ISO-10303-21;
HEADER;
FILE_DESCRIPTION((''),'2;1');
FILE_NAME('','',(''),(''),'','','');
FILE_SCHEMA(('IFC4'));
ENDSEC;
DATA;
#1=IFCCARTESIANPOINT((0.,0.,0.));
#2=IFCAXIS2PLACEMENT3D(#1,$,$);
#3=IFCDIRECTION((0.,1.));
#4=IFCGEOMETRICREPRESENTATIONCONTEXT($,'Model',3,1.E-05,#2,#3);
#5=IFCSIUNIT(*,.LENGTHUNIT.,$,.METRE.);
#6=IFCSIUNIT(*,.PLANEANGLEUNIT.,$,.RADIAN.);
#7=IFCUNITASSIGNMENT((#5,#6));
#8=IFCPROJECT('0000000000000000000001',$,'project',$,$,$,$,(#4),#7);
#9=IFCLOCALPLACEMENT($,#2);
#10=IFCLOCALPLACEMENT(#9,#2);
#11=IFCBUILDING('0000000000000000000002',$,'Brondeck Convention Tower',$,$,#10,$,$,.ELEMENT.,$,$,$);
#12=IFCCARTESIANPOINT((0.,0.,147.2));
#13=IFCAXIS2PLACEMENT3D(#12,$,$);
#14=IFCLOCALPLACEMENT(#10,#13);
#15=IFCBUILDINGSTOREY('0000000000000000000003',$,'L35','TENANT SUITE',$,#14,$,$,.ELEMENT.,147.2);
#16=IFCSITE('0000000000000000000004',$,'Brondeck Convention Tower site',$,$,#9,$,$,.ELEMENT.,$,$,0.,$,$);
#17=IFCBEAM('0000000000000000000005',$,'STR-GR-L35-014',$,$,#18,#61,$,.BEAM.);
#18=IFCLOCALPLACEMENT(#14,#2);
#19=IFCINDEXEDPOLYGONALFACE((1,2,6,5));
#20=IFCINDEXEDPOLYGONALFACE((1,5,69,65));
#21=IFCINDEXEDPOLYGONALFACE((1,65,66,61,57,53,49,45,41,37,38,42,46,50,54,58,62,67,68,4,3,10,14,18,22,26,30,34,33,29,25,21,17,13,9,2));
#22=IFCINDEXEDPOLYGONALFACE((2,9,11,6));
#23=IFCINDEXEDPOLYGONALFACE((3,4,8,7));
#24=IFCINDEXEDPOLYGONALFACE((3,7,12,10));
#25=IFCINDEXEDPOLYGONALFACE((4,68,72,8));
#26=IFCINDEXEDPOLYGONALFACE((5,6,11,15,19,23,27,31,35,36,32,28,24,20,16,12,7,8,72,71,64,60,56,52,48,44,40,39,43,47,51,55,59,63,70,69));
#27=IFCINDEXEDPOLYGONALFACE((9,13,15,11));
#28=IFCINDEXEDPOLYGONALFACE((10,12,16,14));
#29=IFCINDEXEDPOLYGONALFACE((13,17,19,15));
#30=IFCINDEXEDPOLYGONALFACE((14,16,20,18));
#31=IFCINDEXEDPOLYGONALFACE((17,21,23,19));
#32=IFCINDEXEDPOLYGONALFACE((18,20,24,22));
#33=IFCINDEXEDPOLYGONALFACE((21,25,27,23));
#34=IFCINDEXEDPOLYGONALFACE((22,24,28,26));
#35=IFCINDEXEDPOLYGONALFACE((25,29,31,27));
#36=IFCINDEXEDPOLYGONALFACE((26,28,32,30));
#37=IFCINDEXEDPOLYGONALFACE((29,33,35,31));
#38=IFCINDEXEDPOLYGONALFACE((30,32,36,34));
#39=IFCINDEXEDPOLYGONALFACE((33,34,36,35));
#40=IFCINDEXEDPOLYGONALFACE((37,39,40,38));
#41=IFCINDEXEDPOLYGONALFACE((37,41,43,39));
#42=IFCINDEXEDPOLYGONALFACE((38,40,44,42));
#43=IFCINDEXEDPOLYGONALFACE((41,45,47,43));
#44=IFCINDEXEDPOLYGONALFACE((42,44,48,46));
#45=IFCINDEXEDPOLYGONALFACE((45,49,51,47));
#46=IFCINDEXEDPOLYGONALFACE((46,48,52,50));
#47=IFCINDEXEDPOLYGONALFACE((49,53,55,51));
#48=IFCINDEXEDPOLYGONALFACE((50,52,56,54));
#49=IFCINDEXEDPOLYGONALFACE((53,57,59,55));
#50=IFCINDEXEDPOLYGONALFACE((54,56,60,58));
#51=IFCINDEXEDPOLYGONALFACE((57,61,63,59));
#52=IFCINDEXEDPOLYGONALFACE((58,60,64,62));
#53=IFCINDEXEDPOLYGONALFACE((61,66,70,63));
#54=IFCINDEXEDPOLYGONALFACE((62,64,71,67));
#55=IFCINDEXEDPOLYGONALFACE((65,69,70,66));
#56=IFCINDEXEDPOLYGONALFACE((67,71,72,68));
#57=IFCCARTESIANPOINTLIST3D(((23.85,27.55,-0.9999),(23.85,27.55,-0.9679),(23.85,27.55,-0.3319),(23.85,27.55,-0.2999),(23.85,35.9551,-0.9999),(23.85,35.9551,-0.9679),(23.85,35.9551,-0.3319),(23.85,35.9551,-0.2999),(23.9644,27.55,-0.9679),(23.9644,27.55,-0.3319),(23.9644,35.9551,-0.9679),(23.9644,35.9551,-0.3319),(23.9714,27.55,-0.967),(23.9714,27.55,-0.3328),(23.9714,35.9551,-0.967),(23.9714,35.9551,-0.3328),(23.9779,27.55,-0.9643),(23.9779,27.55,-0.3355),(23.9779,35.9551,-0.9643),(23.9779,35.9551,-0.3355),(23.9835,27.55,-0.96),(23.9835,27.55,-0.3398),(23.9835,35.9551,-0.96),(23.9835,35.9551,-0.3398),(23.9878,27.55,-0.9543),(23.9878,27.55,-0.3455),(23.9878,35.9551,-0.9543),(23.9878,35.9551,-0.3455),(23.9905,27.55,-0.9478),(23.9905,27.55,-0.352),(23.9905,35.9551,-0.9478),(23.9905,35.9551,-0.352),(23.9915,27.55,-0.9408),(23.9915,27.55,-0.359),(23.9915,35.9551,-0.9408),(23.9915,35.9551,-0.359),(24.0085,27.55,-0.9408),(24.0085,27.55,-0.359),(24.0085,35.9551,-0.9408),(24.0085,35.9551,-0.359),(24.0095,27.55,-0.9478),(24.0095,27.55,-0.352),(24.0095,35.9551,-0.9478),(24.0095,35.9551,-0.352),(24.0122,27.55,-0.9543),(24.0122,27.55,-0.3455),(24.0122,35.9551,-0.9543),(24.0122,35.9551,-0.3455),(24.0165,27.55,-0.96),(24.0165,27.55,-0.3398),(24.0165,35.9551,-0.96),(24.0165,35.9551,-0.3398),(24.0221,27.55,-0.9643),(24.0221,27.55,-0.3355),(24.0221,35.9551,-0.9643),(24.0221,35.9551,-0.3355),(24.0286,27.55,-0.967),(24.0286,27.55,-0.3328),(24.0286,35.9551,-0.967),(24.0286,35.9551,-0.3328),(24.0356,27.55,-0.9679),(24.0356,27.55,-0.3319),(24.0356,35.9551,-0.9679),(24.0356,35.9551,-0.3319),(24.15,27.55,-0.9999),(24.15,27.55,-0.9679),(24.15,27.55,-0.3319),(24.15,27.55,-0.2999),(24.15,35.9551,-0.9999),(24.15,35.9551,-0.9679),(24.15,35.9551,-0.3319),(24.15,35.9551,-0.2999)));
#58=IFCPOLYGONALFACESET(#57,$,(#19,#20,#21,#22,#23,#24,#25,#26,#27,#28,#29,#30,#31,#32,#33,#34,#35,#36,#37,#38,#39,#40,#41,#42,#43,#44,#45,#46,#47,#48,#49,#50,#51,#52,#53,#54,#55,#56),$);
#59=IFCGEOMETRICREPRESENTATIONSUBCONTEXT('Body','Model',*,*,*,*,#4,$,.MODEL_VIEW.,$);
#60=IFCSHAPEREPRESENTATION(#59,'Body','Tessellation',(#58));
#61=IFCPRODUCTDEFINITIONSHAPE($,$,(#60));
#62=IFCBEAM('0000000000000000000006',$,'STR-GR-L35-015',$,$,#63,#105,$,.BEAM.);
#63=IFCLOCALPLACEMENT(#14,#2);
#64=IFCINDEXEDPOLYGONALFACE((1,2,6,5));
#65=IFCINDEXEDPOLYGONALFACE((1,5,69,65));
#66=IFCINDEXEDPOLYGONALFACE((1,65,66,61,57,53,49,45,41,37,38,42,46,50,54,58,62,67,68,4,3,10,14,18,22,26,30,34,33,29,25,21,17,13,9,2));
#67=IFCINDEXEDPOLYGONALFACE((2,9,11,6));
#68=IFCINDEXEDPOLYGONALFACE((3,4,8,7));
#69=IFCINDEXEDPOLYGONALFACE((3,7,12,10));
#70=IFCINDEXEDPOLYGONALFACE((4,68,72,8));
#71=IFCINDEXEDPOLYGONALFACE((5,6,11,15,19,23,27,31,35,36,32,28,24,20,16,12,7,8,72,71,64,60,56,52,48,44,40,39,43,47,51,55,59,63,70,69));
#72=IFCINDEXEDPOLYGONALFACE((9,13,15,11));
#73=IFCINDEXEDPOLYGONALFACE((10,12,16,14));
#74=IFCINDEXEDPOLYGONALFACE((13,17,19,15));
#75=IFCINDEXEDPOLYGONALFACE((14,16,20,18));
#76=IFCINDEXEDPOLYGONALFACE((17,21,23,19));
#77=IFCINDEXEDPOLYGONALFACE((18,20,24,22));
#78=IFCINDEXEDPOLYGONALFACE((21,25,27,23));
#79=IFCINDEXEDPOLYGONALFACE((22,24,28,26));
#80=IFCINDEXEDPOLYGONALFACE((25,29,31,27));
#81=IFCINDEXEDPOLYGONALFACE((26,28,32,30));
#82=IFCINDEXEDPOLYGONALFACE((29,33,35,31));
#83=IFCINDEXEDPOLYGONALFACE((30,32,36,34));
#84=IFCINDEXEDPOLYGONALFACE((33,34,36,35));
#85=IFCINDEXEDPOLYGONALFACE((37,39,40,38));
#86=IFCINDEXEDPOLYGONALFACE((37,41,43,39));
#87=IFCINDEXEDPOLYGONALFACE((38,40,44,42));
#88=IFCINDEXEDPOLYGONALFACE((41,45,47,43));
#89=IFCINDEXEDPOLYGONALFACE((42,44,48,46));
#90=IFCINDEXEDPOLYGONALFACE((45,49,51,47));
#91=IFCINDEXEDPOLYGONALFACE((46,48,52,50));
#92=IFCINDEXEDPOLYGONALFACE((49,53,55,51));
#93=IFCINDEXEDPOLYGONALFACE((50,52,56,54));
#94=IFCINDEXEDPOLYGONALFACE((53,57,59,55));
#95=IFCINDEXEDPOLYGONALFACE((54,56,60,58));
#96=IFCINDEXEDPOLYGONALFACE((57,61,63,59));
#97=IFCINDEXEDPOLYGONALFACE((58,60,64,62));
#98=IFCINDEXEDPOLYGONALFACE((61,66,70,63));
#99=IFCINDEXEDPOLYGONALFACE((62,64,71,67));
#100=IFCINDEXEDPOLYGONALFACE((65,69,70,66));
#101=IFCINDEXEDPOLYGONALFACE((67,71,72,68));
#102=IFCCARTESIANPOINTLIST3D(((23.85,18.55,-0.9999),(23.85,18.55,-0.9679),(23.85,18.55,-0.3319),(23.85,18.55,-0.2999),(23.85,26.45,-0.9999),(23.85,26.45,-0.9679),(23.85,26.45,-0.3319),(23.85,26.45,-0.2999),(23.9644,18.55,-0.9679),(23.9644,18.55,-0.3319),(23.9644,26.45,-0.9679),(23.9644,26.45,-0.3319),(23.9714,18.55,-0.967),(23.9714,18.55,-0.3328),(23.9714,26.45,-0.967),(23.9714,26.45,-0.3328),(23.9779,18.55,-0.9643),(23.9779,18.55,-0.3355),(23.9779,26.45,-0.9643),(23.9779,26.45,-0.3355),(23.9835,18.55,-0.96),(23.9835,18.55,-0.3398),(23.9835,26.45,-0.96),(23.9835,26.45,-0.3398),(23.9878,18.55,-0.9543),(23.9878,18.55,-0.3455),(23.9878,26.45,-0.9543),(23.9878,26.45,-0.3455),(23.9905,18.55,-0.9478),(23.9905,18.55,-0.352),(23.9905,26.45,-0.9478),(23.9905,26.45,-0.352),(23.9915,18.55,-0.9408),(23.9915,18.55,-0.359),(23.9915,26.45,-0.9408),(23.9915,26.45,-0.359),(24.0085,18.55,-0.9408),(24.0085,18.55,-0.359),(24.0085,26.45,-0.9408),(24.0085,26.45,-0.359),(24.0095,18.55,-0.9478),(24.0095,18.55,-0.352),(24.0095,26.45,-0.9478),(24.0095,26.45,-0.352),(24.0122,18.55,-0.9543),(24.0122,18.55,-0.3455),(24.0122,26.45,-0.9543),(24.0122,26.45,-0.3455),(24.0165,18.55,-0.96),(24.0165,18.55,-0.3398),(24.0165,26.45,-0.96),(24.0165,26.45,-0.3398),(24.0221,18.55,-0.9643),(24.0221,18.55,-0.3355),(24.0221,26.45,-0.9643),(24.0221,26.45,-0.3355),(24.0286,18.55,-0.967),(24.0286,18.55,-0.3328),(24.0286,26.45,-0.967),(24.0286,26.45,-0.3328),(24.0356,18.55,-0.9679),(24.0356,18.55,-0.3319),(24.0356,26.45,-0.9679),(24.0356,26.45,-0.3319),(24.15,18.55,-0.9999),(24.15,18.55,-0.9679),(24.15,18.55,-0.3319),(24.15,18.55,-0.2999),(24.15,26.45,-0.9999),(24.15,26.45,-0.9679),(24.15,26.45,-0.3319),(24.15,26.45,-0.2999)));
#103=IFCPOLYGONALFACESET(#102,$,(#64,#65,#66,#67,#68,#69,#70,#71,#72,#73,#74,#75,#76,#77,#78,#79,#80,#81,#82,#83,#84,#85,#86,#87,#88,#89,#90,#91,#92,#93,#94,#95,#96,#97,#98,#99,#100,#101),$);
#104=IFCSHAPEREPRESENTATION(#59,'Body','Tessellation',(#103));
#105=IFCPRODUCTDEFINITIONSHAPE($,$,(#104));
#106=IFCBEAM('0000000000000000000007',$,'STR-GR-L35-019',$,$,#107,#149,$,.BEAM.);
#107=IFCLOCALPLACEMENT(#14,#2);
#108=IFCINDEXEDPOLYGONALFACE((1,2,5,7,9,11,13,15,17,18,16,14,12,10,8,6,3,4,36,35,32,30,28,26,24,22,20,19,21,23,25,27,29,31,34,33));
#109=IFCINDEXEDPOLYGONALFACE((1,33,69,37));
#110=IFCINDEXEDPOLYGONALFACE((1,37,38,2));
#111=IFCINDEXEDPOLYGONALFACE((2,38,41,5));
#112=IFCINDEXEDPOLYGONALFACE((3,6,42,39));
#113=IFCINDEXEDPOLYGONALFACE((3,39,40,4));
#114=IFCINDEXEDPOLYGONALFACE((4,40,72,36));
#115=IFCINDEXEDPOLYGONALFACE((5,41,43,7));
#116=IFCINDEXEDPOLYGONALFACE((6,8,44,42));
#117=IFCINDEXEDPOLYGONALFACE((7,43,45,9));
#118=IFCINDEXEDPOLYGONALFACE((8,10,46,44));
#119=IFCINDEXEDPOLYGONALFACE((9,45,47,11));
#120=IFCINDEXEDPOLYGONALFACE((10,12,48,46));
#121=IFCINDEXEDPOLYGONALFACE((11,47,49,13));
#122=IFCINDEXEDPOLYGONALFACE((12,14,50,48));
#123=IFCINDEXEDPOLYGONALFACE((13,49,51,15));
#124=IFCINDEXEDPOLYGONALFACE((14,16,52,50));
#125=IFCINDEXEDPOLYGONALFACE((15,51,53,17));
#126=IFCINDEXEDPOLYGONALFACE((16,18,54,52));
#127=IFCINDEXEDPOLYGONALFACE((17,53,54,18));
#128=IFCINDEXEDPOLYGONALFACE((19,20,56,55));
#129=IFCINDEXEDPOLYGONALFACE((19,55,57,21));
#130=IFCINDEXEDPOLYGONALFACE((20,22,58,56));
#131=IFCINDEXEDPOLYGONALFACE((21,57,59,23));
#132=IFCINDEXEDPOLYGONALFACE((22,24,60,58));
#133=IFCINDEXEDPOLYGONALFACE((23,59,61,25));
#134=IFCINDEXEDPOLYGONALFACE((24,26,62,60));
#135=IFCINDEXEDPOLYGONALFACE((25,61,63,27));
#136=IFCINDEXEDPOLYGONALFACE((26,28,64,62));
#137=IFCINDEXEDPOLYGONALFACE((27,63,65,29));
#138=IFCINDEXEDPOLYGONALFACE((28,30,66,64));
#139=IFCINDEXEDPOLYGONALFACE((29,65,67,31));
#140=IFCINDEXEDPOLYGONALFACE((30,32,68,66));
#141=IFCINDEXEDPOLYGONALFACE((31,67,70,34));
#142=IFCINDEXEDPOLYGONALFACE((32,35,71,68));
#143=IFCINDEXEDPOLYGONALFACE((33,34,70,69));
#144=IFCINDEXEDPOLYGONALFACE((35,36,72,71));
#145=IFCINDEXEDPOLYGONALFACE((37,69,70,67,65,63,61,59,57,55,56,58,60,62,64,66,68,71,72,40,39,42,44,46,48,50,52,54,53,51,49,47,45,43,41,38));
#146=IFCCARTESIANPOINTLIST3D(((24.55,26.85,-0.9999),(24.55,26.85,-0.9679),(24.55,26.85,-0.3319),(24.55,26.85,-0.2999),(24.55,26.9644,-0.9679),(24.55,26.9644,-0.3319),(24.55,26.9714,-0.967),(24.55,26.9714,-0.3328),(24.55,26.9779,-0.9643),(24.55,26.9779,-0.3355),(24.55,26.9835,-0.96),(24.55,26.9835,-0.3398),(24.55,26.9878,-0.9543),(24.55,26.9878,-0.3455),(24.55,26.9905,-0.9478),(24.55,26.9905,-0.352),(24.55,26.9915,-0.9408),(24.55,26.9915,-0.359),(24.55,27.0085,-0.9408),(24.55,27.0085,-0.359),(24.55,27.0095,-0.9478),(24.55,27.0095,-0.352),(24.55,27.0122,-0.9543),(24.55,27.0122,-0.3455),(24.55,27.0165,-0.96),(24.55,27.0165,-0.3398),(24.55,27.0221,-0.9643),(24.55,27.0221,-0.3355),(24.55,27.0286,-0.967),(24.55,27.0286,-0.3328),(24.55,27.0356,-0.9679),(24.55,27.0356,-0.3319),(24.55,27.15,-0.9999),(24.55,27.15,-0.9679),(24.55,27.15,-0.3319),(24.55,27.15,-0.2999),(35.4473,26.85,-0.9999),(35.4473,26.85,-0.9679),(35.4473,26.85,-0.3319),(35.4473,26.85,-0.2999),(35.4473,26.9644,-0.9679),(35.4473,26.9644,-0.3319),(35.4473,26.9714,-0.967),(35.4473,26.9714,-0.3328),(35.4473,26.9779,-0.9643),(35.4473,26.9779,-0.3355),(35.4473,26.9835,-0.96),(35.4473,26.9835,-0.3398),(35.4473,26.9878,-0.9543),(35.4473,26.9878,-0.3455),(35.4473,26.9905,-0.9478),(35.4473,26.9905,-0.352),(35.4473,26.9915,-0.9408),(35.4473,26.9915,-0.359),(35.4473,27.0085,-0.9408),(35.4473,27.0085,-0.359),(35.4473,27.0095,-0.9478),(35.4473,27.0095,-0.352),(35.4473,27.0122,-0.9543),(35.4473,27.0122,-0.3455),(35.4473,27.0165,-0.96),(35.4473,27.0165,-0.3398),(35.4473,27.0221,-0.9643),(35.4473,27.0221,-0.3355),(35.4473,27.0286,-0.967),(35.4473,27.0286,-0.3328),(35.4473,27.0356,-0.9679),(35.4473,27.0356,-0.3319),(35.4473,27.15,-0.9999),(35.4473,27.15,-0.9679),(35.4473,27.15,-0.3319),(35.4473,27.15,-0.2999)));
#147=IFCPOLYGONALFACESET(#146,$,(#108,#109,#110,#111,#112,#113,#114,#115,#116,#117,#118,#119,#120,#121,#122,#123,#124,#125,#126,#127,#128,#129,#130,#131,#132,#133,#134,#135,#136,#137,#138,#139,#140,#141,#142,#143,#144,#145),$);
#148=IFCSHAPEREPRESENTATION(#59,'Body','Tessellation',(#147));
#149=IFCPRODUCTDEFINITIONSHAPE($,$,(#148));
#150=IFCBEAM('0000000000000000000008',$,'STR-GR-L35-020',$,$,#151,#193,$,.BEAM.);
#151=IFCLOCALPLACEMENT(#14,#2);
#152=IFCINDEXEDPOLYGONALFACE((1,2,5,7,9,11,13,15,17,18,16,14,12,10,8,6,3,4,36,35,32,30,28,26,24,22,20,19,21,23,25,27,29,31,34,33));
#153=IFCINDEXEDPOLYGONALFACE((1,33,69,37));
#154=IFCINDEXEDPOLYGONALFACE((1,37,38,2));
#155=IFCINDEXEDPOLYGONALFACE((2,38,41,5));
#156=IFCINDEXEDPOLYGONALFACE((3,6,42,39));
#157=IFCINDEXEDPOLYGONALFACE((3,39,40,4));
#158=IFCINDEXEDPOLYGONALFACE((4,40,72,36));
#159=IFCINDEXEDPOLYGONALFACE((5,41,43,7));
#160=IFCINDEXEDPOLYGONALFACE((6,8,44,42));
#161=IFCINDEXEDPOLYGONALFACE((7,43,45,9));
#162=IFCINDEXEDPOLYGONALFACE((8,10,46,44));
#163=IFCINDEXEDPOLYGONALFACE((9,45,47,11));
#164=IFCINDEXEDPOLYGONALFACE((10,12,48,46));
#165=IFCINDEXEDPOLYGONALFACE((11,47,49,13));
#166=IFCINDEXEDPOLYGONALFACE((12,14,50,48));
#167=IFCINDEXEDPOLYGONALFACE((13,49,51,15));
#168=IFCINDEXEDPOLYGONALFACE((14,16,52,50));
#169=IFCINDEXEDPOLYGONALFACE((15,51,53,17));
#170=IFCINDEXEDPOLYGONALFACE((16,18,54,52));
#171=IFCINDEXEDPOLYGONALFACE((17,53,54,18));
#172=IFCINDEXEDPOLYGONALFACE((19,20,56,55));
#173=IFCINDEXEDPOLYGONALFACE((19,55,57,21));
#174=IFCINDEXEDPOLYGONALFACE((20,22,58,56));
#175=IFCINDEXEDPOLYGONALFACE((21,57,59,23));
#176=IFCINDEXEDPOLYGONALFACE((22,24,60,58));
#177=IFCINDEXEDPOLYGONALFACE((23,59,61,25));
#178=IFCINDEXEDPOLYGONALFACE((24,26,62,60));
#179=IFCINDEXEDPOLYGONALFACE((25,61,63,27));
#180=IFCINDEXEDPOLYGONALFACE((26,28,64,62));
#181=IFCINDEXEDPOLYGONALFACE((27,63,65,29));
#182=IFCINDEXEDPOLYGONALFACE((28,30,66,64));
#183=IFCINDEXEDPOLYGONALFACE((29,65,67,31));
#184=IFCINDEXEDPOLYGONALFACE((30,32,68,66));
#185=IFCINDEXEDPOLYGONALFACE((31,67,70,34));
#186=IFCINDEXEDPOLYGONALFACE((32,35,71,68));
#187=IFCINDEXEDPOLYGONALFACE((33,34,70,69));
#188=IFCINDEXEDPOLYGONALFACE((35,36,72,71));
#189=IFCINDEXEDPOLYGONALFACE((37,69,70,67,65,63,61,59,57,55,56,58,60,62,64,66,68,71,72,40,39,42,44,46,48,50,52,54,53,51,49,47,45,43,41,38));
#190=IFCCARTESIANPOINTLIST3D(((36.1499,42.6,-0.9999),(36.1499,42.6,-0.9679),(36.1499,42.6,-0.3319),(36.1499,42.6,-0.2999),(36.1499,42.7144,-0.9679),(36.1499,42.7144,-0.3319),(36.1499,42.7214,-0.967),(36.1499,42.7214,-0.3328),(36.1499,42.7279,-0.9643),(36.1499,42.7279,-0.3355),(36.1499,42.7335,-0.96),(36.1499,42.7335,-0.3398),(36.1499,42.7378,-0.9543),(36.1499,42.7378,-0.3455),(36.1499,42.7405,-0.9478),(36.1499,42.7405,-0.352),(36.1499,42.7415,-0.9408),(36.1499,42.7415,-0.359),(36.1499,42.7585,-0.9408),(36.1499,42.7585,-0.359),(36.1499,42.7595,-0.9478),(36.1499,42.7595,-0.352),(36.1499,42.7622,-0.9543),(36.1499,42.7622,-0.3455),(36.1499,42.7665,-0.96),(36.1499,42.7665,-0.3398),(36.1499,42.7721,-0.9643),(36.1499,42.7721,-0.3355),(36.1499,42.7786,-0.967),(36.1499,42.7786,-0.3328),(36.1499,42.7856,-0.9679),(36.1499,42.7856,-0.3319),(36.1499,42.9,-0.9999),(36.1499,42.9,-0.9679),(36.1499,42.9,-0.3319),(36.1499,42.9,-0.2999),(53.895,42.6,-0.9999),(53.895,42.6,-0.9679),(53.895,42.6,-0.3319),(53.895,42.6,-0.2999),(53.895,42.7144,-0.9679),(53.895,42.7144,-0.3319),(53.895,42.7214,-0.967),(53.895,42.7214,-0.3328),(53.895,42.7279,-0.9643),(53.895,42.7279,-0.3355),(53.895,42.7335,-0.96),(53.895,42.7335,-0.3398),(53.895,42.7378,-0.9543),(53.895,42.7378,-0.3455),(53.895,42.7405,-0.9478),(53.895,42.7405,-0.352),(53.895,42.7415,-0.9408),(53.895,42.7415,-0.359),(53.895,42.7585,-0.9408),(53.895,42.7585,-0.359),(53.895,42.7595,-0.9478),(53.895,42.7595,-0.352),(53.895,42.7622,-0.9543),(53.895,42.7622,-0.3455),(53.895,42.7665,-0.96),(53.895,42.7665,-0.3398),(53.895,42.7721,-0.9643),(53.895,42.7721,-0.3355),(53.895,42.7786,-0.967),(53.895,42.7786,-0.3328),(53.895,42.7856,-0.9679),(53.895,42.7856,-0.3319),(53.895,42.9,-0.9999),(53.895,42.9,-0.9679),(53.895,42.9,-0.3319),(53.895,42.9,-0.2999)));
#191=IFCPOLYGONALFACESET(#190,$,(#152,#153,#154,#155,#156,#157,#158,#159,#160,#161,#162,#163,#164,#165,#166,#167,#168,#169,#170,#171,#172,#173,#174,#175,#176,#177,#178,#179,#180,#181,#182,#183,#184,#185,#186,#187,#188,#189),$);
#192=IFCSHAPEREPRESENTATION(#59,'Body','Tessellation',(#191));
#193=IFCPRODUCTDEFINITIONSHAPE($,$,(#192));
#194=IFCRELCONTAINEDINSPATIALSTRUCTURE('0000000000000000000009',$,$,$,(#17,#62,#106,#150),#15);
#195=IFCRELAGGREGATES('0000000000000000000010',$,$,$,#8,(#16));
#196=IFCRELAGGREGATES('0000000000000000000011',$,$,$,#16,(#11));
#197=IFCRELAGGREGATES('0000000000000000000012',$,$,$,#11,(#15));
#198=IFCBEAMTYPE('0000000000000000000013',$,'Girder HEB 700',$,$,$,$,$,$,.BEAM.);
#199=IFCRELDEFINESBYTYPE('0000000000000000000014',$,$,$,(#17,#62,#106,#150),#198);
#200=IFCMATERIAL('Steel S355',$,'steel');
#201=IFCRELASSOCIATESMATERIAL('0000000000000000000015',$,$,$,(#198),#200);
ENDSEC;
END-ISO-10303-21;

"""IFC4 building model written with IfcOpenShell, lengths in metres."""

from ifc_helpers import new_model, si_unit, direction, frame, origin, origin_2d, place, context, subcontext, project, spatial, i_section, extrude, material, material_profile, profile_set, type_object, element, save


model = new_model("IFC4")

# Units and contexts
model_context = context("Model", 3, precision=1e-05, world=origin(), true_north=direction((0.0, 1.0)))
body_context = subcontext(model_context, "Body", "Model", "MODEL_VIEW")
ifc_project = project(units=[si_unit("LENGTHUNIT", "METRE"), si_unit("PLANEANGLEUNIT", "RADIAN")], contexts=[model_context])

# Site, building, storey
site_placement = place(None, origin())
site = spatial("IfcSite", under=ifc_project, at=site_placement, Name="Brondeck Convention Tower site", CompositionType="ELEMENT", RefElevation=0.0)
building_placement = place(site_placement, origin())
building = spatial("IfcBuilding", under=site, at=building_placement, Name="Brondeck Convention Tower", CompositionType="ELEMENT")
storey_placement = place(building_placement, frame((0.0, 0.0, 147.2)))
storey = spatial("IfcBuildingStorey", under=building, at=storey_placement, Name="L35", Description="TENANT SUITE", CompositionType="ELEMENT", Elevation=147.2)

# Beams
ifc_material_1 = material(Name="Steel S355", Category="steel")
ifc_material_profile_1 = material_profile(ifc_material_1, i_section(OverallWidth=0.3, OverallDepth=0.7, WebThickness=0.0171, FlangeThickness=0.032, FilletRadius=0.0271, at=origin_2d()), Name="HEB 700")
ifc_profile_set_1 = profile_set([ifc_material_profile_1], Name="Steel S355")
beam_type_1 = type_object("IfcBeamType", Name="Girder HEB 700", PredefinedType="BEAM", material=ifc_profile_set_1)
beam_1_placement = place(storey_placement, frame((24.0, 35.9551, -0.6499), z_axis=(0.0, -1.0, 0.0), x_axis=(1.0, 0.0, 0.0)))
element("IfcBeam", 1, at=beam_1_placement, inside=storey, type_object=beam_type_1, Name="STR-GR-L35-014", PredefinedType="BEAM", context=body_context, shape_type="SweptSolid", body=[
    extrude(i_section(OverallWidth=0.3, OverallDepth=0.7, WebThickness=0.0171, FlangeThickness=0.032, FilletRadius=0.0271, at=origin_2d()), origin(), (0.0, 0.0, 1.0), 8.405),
])
beam_2_placement = place(storey_placement, frame((24.0, 26.45, -0.6499), z_axis=(0.0, -1.0, 0.0), x_axis=(1.0, 0.0, 0.0)))
element("IfcBeam", 2, at=beam_2_placement, inside=storey, type_object=beam_type_1, Name="STR-GR-L35-015", PredefinedType="BEAM", context=body_context, shape_type="SweptSolid", body=[
    extrude(i_section(OverallWidth=0.3, OverallDepth=0.7, WebThickness=0.0171, FlangeThickness=0.032, FilletRadius=0.0271, at=origin_2d()), origin(), (0.0, 0.0, 1.0), 7.8999),
])
beam_3_placement = place(storey_placement, frame((24.55, 27.0, -0.6499), z_axis=(1.0, 0.0, 0.0), x_axis=(0.0, 1.0, 0.0)))
element("IfcBeam", 3, at=beam_3_placement, inside=storey, type_object=beam_type_1, Name="STR-GR-L35-019", PredefinedType="BEAM", context=body_context, shape_type="SweptSolid", body=[
    extrude(i_section(OverallWidth=0.3, OverallDepth=0.7, WebThickness=0.0171, FlangeThickness=0.032, FilletRadius=0.0271, at=origin_2d()), origin(), (0.0, 0.0, 1.0), 10.8972),
])
beam_4_placement = place(storey_placement, frame((36.1499, 42.75, -0.6499), z_axis=(1.0, 0.0, 0.0), x_axis=(0.0, 1.0, 0.0)))
element("IfcBeam", 4, at=beam_4_placement, inside=storey, type_object=beam_type_1, Name="STR-GR-L35-020", PredefinedType="BEAM", context=body_context, shape_type="SweptSolid", body=[
    extrude(i_section(OverallWidth=0.3, OverallDepth=0.7, WebThickness=0.0171, FlangeThickness=0.032, FilletRadius=0.0271, at=origin_2d()), origin(), (0.0, 0.0, 1.0), 17.7451),
])

save(model, "model.ifc")
